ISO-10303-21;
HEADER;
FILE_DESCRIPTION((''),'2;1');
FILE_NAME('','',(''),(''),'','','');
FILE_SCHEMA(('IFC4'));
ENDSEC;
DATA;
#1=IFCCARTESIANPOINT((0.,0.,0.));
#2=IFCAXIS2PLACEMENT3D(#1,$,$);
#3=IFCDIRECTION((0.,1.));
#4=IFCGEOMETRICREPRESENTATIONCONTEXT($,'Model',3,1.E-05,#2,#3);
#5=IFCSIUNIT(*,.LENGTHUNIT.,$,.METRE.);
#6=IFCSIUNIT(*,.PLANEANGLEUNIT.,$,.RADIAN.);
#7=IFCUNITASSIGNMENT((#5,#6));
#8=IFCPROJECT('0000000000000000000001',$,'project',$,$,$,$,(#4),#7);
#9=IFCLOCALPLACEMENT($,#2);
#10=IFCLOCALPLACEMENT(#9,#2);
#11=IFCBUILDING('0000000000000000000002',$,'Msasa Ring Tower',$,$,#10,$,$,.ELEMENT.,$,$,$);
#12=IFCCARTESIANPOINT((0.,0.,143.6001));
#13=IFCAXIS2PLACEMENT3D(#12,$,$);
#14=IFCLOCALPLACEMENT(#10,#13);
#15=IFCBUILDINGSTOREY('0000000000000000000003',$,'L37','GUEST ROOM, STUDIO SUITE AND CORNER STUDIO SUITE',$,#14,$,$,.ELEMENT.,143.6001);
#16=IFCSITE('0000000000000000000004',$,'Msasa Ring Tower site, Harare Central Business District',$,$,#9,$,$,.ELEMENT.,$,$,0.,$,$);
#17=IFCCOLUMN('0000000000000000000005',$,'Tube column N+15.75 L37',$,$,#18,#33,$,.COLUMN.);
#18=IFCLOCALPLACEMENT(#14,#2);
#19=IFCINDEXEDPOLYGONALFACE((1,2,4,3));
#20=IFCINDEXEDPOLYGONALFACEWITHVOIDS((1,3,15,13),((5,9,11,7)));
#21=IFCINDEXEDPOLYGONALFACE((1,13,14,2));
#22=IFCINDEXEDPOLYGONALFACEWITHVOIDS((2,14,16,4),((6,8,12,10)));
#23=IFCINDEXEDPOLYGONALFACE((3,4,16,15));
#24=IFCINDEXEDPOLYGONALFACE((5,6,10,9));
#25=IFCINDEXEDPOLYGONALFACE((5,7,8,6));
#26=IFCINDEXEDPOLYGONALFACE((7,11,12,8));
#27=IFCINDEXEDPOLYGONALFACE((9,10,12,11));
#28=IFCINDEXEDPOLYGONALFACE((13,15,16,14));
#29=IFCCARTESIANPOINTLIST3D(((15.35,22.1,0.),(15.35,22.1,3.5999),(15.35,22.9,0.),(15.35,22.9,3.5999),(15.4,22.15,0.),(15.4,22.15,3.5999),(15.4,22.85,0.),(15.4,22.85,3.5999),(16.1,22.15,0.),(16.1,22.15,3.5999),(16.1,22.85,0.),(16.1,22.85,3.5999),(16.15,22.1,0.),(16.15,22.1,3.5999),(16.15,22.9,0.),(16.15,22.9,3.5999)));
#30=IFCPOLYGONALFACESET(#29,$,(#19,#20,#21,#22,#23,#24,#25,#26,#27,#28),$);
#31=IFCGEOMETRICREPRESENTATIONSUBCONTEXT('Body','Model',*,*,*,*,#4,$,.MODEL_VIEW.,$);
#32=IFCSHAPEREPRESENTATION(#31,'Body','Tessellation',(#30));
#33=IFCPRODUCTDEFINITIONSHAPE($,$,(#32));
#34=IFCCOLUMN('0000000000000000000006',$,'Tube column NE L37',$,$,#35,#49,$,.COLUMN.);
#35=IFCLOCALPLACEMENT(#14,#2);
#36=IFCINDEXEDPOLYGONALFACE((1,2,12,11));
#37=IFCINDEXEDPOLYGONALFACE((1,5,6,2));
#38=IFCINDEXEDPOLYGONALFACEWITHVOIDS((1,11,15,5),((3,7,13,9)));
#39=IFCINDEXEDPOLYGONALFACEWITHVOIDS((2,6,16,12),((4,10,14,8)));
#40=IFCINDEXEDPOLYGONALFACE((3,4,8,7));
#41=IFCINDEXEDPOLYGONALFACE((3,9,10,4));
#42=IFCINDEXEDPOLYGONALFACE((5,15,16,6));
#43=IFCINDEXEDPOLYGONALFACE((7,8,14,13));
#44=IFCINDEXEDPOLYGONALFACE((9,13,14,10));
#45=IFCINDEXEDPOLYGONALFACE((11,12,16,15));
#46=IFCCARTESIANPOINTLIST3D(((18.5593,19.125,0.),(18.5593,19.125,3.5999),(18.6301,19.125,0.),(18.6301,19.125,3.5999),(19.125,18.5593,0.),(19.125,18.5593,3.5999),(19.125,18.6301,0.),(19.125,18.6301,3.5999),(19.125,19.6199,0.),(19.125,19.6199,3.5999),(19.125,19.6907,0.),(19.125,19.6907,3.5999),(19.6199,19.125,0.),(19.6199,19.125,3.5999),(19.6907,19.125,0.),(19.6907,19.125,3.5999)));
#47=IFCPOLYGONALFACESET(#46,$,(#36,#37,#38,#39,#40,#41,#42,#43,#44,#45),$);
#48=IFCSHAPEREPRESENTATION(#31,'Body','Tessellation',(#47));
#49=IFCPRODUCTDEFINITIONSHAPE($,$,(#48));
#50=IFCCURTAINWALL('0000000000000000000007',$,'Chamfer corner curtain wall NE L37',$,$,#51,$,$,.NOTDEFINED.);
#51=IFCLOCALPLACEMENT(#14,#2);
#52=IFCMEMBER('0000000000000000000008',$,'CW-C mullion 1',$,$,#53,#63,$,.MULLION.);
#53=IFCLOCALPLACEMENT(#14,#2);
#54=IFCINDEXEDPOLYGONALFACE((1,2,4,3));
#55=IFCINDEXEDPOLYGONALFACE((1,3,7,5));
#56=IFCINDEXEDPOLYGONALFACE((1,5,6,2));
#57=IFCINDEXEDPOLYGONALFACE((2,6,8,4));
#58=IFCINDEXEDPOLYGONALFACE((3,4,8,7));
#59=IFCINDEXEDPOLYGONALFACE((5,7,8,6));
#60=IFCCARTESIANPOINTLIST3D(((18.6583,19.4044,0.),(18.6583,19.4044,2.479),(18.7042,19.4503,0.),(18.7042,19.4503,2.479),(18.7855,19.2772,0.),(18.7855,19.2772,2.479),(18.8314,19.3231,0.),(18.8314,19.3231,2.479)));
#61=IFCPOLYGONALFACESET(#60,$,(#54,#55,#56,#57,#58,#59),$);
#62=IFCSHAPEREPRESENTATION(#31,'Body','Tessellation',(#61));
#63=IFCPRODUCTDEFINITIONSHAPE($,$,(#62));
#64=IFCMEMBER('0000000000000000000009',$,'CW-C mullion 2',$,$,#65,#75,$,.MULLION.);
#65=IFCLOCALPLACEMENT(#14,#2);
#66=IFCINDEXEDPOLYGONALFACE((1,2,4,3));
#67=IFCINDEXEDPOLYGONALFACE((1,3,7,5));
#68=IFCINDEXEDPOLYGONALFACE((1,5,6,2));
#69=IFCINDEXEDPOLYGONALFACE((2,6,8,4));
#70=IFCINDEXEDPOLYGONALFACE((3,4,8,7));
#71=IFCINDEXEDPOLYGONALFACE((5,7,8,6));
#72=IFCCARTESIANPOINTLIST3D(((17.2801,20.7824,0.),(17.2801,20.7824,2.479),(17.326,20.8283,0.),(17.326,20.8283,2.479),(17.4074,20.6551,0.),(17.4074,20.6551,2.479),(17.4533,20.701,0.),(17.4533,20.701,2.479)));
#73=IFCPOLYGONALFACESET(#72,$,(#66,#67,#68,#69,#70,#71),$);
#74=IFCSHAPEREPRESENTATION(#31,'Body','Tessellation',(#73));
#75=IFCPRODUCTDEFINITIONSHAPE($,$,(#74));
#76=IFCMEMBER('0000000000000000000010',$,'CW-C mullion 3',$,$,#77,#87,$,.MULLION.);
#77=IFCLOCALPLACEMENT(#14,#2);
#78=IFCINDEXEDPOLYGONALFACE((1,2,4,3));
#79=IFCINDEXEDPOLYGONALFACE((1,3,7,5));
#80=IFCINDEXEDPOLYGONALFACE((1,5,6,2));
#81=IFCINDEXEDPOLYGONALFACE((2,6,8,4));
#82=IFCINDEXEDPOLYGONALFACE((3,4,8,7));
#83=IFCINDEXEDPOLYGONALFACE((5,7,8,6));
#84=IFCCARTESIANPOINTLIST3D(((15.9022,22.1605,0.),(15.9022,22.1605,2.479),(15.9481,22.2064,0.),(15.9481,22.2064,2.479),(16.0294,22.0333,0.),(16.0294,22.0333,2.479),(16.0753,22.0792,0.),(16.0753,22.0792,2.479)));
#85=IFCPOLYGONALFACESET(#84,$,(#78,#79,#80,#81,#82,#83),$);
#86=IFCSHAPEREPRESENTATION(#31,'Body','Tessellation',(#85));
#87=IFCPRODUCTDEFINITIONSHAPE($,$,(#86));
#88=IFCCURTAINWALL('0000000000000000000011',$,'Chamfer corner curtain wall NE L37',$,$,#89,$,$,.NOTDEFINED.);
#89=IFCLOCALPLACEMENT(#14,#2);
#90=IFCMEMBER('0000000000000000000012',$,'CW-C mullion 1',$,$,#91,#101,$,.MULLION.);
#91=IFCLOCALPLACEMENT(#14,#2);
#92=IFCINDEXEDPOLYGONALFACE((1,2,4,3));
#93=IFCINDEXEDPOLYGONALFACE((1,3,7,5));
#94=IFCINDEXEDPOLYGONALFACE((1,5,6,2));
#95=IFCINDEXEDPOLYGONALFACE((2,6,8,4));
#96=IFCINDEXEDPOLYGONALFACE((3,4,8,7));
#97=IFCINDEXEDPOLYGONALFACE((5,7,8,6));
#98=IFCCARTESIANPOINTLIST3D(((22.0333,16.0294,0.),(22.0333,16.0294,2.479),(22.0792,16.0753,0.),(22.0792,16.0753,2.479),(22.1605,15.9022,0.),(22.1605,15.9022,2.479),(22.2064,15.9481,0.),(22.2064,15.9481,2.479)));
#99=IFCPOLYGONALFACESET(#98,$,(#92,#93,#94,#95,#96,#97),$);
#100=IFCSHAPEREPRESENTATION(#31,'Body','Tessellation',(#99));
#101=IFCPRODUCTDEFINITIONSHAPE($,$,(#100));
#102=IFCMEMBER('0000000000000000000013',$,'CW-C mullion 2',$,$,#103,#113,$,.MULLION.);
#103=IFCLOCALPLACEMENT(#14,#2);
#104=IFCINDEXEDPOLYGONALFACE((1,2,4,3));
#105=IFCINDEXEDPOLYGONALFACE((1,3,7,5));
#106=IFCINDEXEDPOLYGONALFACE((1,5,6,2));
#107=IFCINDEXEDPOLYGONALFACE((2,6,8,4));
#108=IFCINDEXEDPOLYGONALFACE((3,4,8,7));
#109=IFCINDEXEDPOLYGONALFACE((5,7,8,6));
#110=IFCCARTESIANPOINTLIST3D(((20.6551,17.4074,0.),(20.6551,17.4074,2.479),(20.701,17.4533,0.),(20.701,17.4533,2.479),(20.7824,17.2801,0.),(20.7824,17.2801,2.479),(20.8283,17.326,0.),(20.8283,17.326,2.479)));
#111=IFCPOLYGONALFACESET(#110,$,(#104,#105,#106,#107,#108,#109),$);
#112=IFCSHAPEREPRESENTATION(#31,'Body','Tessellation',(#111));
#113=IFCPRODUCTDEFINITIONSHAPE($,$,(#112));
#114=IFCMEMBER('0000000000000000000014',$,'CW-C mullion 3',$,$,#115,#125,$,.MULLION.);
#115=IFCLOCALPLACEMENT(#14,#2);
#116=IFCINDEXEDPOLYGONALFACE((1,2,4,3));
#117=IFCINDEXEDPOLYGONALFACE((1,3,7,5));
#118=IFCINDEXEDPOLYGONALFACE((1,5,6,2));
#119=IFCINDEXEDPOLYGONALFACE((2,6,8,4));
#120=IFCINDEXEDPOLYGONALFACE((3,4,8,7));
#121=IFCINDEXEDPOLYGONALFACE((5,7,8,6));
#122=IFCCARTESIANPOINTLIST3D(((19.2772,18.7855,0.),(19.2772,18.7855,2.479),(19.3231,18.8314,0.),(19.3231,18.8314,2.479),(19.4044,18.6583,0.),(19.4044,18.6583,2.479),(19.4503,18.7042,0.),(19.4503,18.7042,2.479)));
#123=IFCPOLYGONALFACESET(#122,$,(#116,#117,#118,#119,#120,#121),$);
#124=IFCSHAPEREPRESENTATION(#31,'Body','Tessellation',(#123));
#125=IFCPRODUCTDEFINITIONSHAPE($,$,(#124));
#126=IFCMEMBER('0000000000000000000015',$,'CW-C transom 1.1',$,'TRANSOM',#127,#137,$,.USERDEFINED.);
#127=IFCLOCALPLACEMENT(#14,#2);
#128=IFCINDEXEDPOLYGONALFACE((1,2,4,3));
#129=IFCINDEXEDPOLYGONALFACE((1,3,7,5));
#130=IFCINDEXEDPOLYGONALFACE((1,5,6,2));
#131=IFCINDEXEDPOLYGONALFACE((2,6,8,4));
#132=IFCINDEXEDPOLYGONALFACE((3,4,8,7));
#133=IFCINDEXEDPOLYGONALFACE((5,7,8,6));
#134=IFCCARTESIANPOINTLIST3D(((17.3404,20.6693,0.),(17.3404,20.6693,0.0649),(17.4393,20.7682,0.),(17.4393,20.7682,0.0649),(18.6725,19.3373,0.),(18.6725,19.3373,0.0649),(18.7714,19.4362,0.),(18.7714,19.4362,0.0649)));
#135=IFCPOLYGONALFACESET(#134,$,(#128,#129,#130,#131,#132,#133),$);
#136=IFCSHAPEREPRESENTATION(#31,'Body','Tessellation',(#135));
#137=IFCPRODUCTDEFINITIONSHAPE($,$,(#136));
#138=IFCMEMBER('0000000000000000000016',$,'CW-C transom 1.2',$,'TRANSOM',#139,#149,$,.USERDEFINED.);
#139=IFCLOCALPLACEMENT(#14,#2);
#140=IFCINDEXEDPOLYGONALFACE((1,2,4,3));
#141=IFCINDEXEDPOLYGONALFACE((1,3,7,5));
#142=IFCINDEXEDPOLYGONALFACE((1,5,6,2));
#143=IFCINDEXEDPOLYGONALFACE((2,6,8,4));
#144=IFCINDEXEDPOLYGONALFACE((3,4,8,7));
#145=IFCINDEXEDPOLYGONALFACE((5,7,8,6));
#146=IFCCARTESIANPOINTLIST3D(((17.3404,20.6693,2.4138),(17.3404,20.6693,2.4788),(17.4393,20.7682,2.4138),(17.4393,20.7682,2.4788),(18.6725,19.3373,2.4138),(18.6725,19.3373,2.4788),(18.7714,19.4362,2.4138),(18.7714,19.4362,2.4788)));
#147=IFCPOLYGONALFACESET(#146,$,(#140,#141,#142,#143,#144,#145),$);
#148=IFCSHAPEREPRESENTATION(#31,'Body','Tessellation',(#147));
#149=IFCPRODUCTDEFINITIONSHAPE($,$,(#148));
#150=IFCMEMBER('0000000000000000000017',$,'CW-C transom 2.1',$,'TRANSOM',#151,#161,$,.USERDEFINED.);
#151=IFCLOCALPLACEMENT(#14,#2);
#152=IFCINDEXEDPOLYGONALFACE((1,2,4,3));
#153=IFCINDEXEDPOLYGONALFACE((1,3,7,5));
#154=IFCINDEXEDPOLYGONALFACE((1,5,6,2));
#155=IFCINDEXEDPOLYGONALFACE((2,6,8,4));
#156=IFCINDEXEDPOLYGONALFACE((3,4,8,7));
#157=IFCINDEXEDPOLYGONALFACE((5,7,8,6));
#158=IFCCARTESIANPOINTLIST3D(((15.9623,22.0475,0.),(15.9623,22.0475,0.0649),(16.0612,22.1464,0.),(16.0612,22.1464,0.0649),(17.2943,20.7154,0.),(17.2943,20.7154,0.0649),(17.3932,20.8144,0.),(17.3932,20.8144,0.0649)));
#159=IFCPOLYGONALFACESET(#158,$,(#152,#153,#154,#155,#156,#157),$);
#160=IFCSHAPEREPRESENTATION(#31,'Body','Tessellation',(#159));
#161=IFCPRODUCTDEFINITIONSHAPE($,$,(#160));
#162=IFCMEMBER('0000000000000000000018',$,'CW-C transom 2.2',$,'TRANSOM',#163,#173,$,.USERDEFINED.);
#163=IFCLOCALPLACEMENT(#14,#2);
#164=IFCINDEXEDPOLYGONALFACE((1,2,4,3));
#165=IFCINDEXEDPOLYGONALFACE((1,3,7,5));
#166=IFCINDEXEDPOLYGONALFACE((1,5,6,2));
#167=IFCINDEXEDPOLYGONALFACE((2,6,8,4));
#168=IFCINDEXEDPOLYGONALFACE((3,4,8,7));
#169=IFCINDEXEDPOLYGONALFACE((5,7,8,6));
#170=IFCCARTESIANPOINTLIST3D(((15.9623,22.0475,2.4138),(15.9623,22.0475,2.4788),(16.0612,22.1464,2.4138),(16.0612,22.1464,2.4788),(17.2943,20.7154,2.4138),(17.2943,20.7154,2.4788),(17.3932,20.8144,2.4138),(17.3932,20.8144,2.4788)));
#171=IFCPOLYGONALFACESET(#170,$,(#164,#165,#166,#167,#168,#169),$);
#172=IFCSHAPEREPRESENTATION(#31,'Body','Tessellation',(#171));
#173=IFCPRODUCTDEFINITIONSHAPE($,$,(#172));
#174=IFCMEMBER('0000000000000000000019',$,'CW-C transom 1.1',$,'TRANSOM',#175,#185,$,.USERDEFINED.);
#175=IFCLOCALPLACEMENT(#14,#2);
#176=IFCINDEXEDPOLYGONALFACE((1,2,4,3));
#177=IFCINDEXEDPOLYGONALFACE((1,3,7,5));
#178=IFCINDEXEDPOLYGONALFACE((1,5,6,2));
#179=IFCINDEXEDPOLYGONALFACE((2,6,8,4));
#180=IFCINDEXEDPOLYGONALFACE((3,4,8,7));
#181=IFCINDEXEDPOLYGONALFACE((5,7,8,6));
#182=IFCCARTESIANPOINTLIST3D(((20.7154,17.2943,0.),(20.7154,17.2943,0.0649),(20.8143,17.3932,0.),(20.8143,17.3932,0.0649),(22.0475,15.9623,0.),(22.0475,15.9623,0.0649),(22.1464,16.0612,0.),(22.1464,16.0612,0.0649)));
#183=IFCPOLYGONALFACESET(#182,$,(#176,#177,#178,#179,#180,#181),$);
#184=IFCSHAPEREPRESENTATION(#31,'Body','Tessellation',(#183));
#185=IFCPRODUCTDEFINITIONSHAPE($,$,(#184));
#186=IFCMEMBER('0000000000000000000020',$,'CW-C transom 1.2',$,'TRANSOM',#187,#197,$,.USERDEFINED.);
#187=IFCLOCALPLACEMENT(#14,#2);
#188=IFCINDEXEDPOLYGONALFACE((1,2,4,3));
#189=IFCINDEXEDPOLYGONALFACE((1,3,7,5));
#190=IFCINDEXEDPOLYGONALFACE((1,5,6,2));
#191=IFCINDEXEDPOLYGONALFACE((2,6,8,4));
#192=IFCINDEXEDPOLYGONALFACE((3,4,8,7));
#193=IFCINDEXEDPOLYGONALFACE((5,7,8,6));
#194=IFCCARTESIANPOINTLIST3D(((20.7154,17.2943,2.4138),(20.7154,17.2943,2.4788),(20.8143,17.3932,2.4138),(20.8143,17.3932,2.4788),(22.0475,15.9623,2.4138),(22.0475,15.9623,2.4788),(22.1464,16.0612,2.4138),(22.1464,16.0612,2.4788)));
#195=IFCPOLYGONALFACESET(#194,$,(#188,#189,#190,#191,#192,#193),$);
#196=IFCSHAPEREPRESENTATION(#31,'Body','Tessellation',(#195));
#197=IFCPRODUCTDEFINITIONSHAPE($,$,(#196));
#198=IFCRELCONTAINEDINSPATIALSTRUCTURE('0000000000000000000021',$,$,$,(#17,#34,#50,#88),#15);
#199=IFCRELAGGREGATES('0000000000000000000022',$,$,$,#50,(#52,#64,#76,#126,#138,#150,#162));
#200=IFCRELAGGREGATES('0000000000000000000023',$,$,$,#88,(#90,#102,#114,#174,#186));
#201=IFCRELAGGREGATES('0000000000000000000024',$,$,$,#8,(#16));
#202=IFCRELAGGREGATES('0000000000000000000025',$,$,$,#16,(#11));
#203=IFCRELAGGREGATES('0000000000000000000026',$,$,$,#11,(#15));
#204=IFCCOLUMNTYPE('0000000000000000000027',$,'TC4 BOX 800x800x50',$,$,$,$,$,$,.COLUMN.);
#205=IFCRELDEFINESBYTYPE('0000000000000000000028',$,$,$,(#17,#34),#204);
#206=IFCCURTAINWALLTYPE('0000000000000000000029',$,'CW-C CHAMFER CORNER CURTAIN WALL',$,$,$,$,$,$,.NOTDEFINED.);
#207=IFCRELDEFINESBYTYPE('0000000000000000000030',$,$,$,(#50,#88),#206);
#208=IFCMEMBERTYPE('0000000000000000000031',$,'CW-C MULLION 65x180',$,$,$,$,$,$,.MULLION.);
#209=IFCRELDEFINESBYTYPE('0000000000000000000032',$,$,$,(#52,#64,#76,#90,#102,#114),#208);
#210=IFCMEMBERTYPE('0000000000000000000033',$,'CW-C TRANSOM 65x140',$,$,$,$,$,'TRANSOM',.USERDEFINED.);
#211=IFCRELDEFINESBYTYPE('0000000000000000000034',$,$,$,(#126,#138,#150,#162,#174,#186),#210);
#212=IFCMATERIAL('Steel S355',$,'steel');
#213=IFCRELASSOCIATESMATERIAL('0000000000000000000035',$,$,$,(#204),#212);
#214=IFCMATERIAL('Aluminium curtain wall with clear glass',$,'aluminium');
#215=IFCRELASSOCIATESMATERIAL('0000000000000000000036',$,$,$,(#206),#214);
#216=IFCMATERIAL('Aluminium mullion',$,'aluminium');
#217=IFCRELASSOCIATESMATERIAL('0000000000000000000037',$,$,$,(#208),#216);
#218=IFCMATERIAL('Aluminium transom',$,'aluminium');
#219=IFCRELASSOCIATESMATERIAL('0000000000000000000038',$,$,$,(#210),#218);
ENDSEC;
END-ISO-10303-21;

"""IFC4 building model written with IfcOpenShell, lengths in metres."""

from ifc_helpers import new_model, si_unit, direction, frame, origin, origin_2d, place, context, subcontext, project, spatial, rectangle, hollow_rectangle, extrude, material, material_profile, profile_set, type_object, element, aggregate, save


model = new_model("IFC4")

# Units and contexts
model_context = context("Model", 3, precision=1e-05, world=origin(), true_north=direction((0.0, 1.0)))
body_context = subcontext(model_context, "Body", "Model", "MODEL_VIEW")
ifc_project = project(units=[si_unit("LENGTHUNIT", "METRE"), si_unit("PLANEANGLEUNIT", "RADIAN")], contexts=[model_context])

# Site, building, storey
site_placement = place(None, origin())
site = spatial("IfcSite", under=ifc_project, at=site_placement, Name="Msasa Ring Tower site, Harare Central Business District", CompositionType="ELEMENT", RefElevation=0.0)
building_placement = place(site_placement, origin())
building = spatial("IfcBuilding", under=site, at=building_placement, Name="Msasa Ring Tower", CompositionType="ELEMENT")
storey_placement = place(building_placement, frame((0.0, 0.0, 143.6001)))
storey = spatial("IfcBuildingStorey", under=building, at=storey_placement, Name="L37", Description="GUEST ROOM, STUDIO SUITE AND CORNER STUDIO SUITE", CompositionType="ELEMENT", Elevation=143.6001)

# Columns
ifc_material_1 = material(Name="Steel S355", Category="steel")
ifc_material_profile_1 = material_profile(ifc_material_1, hollow_rectangle(XDim=0.8, YDim=0.8, WallThickness=0.05, at=origin_2d()), Name="BOX 800x800x50")
ifc_profile_set_1 = profile_set([ifc_material_profile_1], Name="Steel S355")
column_type = type_object("IfcColumnType", Name="TC4 BOX 800x800x50", PredefinedType="COLUMN", material=ifc_profile_set_1)
for number, where, z_axis, x_axis, name in (
    (1, (15.75, 22.5, 0.0), (0.0, 0.0, 1.0), (0.0, 1.0, 0.0), "Tube column N+15.75 L37"),
    (2, (19.125, 19.125, 0.0), (0.0, 0.0, 1.0), (0.707107, 0.707107, 0.0), "Tube column NE L37"),
):
    element("IfcColumn", number, at=place(storey_placement, frame(where, z_axis=z_axis, x_axis=x_axis)), inside=storey, type_object=column_type, Name=name, PredefinedType="COLUMN", context=body_context, shape_type="SweptSolid", body=[
        extrude(hollow_rectangle(XDim=0.8, YDim=0.8, WallThickness=0.05, at=origin_2d()), origin(), (0.0, 0.0, 1.0), 3.5999),
    ])

# Curtain walls, members
ifc_material_2 = material(Name="Aluminium curtain wall with clear glass", Category="aluminium")
curtain_wall_type = type_object("IfcCurtainWallType", Name="CW-C CHAMFER CORNER CURTAIN WALL", PredefinedType="NOTDEFINED", material=ifc_material_2)
curtain_wall_1_placement = place(storey_placement, origin())
curtain_wall_1 = element("IfcCurtainWall", 3, at=curtain_wall_1_placement, inside=storey, type_object=curtain_wall_type, Name="Chamfer corner curtain wall NE L37", PredefinedType="NOTDEFINED")
ifc_material_3 = material(Name="Aluminium mullion", Category="aluminium")
ifc_material_profile_2 = material_profile(ifc_material_3, rectangle(XDim=0.0649, YDim=0.1799, at=origin_2d()), Name="AL 65x180")
ifc_profile_set_2 = profile_set([ifc_material_profile_2], Name="Aluminium mullion")
member_type_1 = type_object("IfcMemberType", Name="CW-C MULLION 65x180", PredefinedType="MULLION", material=ifc_profile_set_2)
member_1_placement = place(storey_placement, frame((18.7449, 19.3638, 0.0), z_axis=(0.0, 0.0, 1.0), x_axis=(-0.707107, -0.707107, 0.0)))
member_1 = element("IfcMember", 4, at=member_1_placement, type_object=member_type_1, Name="CW-C mullion 1", PredefinedType="MULLION", context=body_context, shape_type="SweptSolid", body=[
    extrude(rectangle(XDim=0.0649, YDim=0.1799, at=origin_2d()), origin(), (0.0, 0.0, 1.0), 2.479),
])
member_2_placement = place(storey_placement, frame((17.3667, 20.7417, 0.0), z_axis=(0.0, 0.0, 1.0), x_axis=(-0.707107, -0.707107, 0.0)))
member_2 = element("IfcMember", 5, at=member_2_placement, type_object=member_type_1, Name="CW-C mullion 2", PredefinedType="MULLION", context=body_context, shape_type="SweptSolid", body=[
    extrude(rectangle(XDim=0.0649, YDim=0.1799, at=origin_2d()), origin(), (0.0, 0.0, 1.0), 2.479),
])
member_3_placement = place(storey_placement, frame((15.9888, 22.1199, 0.0), z_axis=(0.0, 0.0, 1.0), x_axis=(-0.707107, -0.707107, 0.0)))
member_3 = element("IfcMember", 6, at=member_3_placement, type_object=member_type_1, Name="CW-C mullion 3", PredefinedType="MULLION", context=body_context, shape_type="SweptSolid", body=[
    extrude(rectangle(XDim=0.0649, YDim=0.1799, at=origin_2d()), origin(), (0.0, 0.0, 1.0), 2.479),
])
curtain_wall_2_placement = place(storey_placement, origin())
curtain_wall_2 = element("IfcCurtainWall", 7, at=curtain_wall_2_placement, inside=storey, type_object=curtain_wall_type, Name="Chamfer corner curtain wall NE L37", PredefinedType="NOTDEFINED")
member_4_placement = place(storey_placement, frame((22.1199, 15.9888, 0.0), z_axis=(0.0, 0.0, 1.0), x_axis=(-0.707107, -0.707107, 0.0)))
member_4 = element("IfcMember", 8, at=member_4_placement, type_object=member_type_1, Name="CW-C mullion 1", PredefinedType="MULLION", context=body_context, shape_type="SweptSolid", body=[
    extrude(rectangle(XDim=0.0649, YDim=0.1799, at=origin_2d()), origin(), (0.0, 0.0, 1.0), 2.479),
])
member_5_placement = place(storey_placement, frame((20.7417, 17.3667, 0.0), z_axis=(0.0, 0.0, 1.0), x_axis=(-0.707107, -0.707107, 0.0)))
member_5 = element("IfcMember", 9, at=member_5_placement, type_object=member_type_1, Name="CW-C mullion 2", PredefinedType="MULLION", context=body_context, shape_type="SweptSolid", body=[
    extrude(rectangle(XDim=0.0649, YDim=0.1799, at=origin_2d()), origin(), (0.0, 0.0, 1.0), 2.479),
])
member_6_placement = place(storey_placement, frame((19.3638, 18.7449, 0.0), z_axis=(0.0, 0.0, 1.0), x_axis=(-0.707107, -0.707107, 0.0)))
member_6 = element("IfcMember", 10, at=member_6_placement, type_object=member_type_1, Name="CW-C mullion 3", PredefinedType="MULLION", context=body_context, shape_type="SweptSolid", body=[
    extrude(rectangle(XDim=0.0649, YDim=0.1799, at=origin_2d()), origin(), (0.0, 0.0, 1.0), 2.479),
])

# Members
ifc_material_4 = material(Name="Aluminium transom", Category="aluminium")
ifc_material_profile_3 = material_profile(ifc_material_4, rectangle(XDim=0.1399, YDim=0.0649, at=origin_2d()), Name="AL 65x140")
ifc_profile_set_3 = profile_set([ifc_material_profile_3], Name="Aluminium transom")
member_type_2 = type_object("IfcMemberType", Name="CW-C TRANSOM 65x140", ElementType="TRANSOM", PredefinedType="USERDEFINED", material=ifc_profile_set_3)
member_7_placement = place(storey_placement, frame((18.7219, 19.3867, 0.0325), z_axis=(-0.707107, 0.707107, 0.0), x_axis=(-0.707107, -0.707107, 0.0)))
member_7 = element("IfcMember", 11, at=member_7_placement, type_object=member_type_2, Name="CW-C transom 1.1", ObjectType="TRANSOM", PredefinedType="USERDEFINED", context=body_context, shape_type="SweptSolid", body=[
    extrude(rectangle(XDim=0.1399, YDim=0.0649, at=origin_2d()), origin(), (0.0, 0.0, 1.0), 1.8838),
])
member_8_placement = place(storey_placement, frame((18.7219, 19.3867, 2.4463), z_axis=(-0.707107, 0.707107, 0.0), x_axis=(-0.707107, -0.707107, 0.0)))
member_8 = element("IfcMember", 12, at=member_8_placement, type_object=member_type_2, Name="CW-C transom 1.2", ObjectType="TRANSOM", PredefinedType="USERDEFINED", context=body_context, shape_type="SweptSolid", body=[
    extrude(rectangle(XDim=0.1399, YDim=0.0649, at=origin_2d()), origin(), (0.0, 0.0, 1.0), 1.8838),
])
member_9_placement = place(storey_placement, frame((17.3438, 20.7649, 0.0325), z_axis=(-0.707107, 0.707107, 0.0), x_axis=(-0.707107, -0.707107, 0.0)))
member_9 = element("IfcMember", 13, at=member_9_placement, type_object=member_type_2, Name="CW-C transom 2.1", ObjectType="TRANSOM", PredefinedType="USERDEFINED", context=body_context, shape_type="SweptSolid", body=[
    extrude(rectangle(XDim=0.1399, YDim=0.0649, at=origin_2d()), origin(), (0.0, 0.0, 1.0), 1.8838),
])
member_10_placement = place(storey_placement, frame((17.3438, 20.7649, 2.4463), z_axis=(-0.707107, 0.707107, 0.0), x_axis=(-0.707107, -0.707107, 0.0)))
member_10 = element("IfcMember", 14, at=member_10_placement, type_object=member_type_2, Name="CW-C transom 2.2", ObjectType="TRANSOM", PredefinedType="USERDEFINED", context=body_context, shape_type="SweptSolid", body=[
    extrude(rectangle(XDim=0.1399, YDim=0.0649, at=origin_2d()), origin(), (0.0, 0.0, 1.0), 1.8838),
])
member_11_placement = place(storey_placement, frame((22.0969, 16.0117, 0.0325), z_axis=(-0.707107, 0.707107, 0.0), x_axis=(-0.707107, -0.707107, 0.0)))
member_11 = element("IfcMember", 15, at=member_11_placement, type_object=member_type_2, Name="CW-C transom 1.1", ObjectType="TRANSOM", PredefinedType="USERDEFINED", context=body_context, shape_type="SweptSolid", body=[
    extrude(rectangle(XDim=0.1399, YDim=0.0649, at=origin_2d()), origin(), (0.0, 0.0, 1.0), 1.8838),
])
member_12_placement = place(storey_placement, frame((22.0969, 16.0117, 2.4463), z_axis=(-0.707107, 0.707107, 0.0), x_axis=(-0.707107, -0.707107, 0.0)))
member_12 = element("IfcMember", 16, at=member_12_placement, type_object=member_type_2, Name="CW-C transom 1.2", ObjectType="TRANSOM", PredefinedType="USERDEFINED", context=body_context, shape_type="SweptSolid", body=[
    extrude(rectangle(XDim=0.1399, YDim=0.0649, at=origin_2d()), origin(), (0.0, 0.0, 1.0), 1.8838),
])

aggregate(curtain_wall_1, [member_1, member_2, member_3, member_7, member_8, member_9, member_10])
aggregate(curtain_wall_2, [member_4, member_5, member_6, member_11, member_12])

save(model, "model.ifc")
